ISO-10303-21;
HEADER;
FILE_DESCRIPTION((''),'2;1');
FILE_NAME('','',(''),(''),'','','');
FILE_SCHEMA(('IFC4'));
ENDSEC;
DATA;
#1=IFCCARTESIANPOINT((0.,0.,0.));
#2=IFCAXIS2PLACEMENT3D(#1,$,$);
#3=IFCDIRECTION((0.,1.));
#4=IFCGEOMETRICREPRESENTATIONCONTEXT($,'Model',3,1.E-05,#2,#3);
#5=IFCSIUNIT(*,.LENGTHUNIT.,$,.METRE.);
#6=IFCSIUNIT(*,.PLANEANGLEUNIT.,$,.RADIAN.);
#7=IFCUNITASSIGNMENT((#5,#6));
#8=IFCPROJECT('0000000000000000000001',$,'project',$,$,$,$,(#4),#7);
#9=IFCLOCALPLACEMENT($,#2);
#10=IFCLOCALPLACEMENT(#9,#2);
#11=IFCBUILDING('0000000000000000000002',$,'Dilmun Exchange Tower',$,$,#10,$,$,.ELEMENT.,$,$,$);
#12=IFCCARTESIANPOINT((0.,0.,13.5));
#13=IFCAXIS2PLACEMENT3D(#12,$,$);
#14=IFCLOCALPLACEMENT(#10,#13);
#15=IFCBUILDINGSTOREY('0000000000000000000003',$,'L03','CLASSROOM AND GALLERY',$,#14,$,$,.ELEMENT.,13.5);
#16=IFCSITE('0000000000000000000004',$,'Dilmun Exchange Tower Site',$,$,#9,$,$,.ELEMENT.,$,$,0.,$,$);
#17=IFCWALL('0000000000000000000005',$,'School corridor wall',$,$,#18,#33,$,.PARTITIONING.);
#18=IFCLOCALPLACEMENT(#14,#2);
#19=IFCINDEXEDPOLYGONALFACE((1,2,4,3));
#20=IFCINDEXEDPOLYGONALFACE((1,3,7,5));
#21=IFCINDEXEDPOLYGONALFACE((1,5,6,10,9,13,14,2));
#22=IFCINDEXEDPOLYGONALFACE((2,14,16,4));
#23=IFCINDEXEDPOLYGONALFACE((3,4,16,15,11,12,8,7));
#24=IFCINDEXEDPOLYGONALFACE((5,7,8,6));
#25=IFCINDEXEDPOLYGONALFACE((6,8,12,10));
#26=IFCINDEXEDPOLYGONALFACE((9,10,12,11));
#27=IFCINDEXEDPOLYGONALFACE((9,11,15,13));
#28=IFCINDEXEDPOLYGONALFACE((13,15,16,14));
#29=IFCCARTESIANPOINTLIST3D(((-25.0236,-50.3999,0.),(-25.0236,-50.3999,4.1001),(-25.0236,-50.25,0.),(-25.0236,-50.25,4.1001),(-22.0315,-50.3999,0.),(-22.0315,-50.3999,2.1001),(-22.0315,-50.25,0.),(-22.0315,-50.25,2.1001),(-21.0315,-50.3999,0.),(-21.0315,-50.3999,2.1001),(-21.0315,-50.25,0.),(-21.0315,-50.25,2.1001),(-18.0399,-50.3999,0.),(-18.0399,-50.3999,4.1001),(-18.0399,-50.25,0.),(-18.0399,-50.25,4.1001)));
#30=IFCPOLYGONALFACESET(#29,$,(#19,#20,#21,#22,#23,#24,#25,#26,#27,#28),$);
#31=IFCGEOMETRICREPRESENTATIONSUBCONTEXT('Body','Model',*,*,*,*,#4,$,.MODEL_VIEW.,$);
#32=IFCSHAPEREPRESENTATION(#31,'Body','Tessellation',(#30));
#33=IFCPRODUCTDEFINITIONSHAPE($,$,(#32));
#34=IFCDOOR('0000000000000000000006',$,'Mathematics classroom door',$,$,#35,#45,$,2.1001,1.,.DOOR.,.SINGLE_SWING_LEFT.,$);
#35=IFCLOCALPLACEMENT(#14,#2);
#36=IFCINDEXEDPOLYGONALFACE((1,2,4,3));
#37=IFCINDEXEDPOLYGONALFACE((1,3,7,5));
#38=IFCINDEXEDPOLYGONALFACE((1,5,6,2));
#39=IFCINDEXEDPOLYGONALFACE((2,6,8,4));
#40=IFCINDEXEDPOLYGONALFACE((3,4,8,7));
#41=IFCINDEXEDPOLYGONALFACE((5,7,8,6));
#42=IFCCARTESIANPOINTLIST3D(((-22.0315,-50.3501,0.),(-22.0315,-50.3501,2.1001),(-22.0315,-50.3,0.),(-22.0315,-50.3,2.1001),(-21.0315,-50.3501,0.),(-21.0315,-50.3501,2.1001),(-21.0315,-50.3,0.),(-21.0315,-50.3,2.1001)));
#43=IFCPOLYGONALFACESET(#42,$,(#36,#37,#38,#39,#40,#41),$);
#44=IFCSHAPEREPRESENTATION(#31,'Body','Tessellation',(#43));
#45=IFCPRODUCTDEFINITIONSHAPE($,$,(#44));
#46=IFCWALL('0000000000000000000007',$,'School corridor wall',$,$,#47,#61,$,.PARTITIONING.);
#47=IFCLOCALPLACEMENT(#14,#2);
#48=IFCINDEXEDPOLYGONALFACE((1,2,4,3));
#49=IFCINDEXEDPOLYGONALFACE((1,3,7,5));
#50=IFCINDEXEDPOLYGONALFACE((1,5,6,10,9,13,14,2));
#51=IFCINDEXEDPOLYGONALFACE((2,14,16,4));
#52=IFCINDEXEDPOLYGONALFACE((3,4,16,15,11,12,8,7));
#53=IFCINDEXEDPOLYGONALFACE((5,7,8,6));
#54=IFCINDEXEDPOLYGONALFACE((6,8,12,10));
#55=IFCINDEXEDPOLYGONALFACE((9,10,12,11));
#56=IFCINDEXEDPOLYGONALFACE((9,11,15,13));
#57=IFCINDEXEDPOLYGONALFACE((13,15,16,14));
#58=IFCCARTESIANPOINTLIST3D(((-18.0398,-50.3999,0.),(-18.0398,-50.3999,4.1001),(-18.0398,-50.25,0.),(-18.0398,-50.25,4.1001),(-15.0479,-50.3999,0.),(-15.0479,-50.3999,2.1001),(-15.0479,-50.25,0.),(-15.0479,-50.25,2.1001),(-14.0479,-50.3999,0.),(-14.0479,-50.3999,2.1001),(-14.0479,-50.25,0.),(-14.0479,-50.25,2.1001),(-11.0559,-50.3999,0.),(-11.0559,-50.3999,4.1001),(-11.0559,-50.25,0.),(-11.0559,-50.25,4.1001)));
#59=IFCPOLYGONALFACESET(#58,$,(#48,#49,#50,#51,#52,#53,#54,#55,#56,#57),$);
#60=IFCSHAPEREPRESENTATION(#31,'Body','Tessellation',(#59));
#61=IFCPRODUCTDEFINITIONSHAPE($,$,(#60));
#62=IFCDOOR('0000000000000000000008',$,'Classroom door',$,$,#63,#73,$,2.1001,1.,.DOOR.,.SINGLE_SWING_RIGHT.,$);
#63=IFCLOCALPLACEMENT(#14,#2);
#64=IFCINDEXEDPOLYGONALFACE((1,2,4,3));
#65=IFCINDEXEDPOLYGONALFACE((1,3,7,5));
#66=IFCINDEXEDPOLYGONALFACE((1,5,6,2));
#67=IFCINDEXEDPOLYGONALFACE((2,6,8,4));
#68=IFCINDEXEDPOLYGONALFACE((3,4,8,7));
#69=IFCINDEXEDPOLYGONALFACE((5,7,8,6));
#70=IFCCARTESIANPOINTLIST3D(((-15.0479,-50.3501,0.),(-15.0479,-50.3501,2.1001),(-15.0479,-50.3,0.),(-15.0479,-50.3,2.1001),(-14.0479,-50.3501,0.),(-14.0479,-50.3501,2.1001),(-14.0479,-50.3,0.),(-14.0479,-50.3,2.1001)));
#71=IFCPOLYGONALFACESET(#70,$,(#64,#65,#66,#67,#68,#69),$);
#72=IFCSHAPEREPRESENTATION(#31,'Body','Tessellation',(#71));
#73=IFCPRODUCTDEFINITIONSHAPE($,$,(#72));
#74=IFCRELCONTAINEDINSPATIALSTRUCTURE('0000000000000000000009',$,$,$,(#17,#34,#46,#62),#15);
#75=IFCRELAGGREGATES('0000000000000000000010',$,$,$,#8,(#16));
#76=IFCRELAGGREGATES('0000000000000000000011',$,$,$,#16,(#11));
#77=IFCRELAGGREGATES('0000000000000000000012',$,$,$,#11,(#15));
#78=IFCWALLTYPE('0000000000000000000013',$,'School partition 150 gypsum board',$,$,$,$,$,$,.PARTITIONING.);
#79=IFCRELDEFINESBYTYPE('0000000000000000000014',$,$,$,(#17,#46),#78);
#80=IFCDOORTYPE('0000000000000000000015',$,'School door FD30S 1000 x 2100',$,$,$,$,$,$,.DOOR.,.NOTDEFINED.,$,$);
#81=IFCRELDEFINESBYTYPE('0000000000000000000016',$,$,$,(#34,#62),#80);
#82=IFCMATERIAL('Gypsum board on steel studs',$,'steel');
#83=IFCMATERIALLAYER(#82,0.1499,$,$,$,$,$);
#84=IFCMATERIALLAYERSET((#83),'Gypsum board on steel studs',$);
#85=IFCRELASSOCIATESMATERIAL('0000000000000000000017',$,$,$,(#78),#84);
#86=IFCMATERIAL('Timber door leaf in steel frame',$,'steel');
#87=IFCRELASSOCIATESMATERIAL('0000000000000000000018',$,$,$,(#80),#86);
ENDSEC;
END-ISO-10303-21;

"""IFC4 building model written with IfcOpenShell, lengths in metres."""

from ifc_helpers import new_model, si_unit, direction, frame, frame_2d, origin, place, context, subcontext, project, spatial, rectangle, extrude, material, layer, layer_set, type_object, element, fill, save


model = new_model("IFC4")

# Units and contexts
model_context = context("Model", 3, precision=1e-05, world=origin(), true_north=direction((0.0, 1.0)))
body_context = subcontext(model_context, "Body", "Model", "MODEL_VIEW")
ifc_project = project(units=[si_unit("LENGTHUNIT", "METRE"), si_unit("PLANEANGLEUNIT", "RADIAN")], contexts=[model_context])

# Site, building, storey
site_placement = place(None, origin())
site = spatial("IfcSite", under=ifc_project, at=site_placement, Name="Dilmun Exchange Tower Site", CompositionType="ELEMENT", RefElevation=0.0)
building_placement = place(site_placement, origin())
building = spatial("IfcBuilding", under=site, at=building_placement, Name="Dilmun Exchange Tower", CompositionType="ELEMENT")
storey_placement = place(building_placement, frame((0.0, 0.0, 13.5)))
storey = spatial("IfcBuildingStorey", under=building, at=storey_placement, Name="L03", Description="CLASSROOM AND GALLERY", CompositionType="ELEMENT", Elevation=13.5)

# Shared definitions
ifc_material_1 = material(Name="Gypsum board on steel studs", Category="steel")
ifc_layer_1 = layer(ifc_material_1, 0.1499)
ifc_layer_set_1 = layer_set([ifc_layer_1], Name="Gypsum board on steel studs")
wall_type_1 = type_object("IfcWallType", Name="School partition 150 gypsum board", PredefinedType="PARTITIONING", material=ifc_layer_set_1)

# Walls, openings, doors
ifc_material_2 = material(Name="Timber door leaf in steel frame", Category="steel")
door_type = type_object("IfcDoorType", Name="School door FD30S 1000 x 2100", OperationType="NOTDEFINED", PredefinedType="DOOR", material=ifc_material_2)
wall_1_placement = place(storey_placement, frame((-25.0234, -50.325, 0.0), z_axis=(0.0, 0.0, 1.0), x_axis=(1.0, 0.0, 0.0)))
wall_1 = element("IfcWall", 1, at=wall_1_placement, inside=storey, type_object=wall_type_1, Name="School corridor wall", PredefinedType="PARTITIONING", context=body_context, shape_type="SweptSolid", body=[
    extrude(rectangle(XDim=6.9836, YDim=0.1499, at=frame_2d((3.4917, 0.0))), origin(), (0.0, 0.0, 1.0), 4.1001),
])
opening_1_placement = place(wall_1_placement, frame((2.9919, 0.0, 0.0)))
opening_1 = element("IfcOpeningElement", 2, at=opening_1_placement, cuts=wall_1, PredefinedType="OPENING", context=body_context, shape_type="SweptSolid", body=[
    extrude(rectangle(XDim=1.0, YDim=2.1001, at=frame_2d((0.5, 1.05))), frame((0.0, 0.085, 0.0), z_axis=(0.0, -1.0, 0.0), x_axis=(1.0, 0.0, 0.0)), (0.0, 0.0, 1.0), 0.1699),
])
door_1_placement = place(opening_1_placement, origin())
door_1 = element("IfcDoor", 3, at=door_1_placement, inside=storey, type_object=door_type, Name="Mathematics classroom door", OperationType="SINGLE_SWING_LEFT", OverallHeight=2.1001, OverallWidth=1.0, PredefinedType="DOOR", context=body_context, shape_type="SweptSolid", body=[
    extrude(rectangle(XDim=1.0, YDim=2.1001, at=frame_2d((0.5, 1.05))), frame((0.0, 0.0249, 0.0), z_axis=(0.0, -1.0, 0.0), x_axis=(1.0, 0.0, 0.0)), (0.0, 0.0, 1.0), 0.05),
])
fill(opening_1, door_1)
wall_2_placement = place(storey_placement, frame((-18.0398, -50.325, 0.0), z_axis=(0.0, 0.0, 1.0), x_axis=(1.0, 0.0, 0.0)))
wall_2 = element("IfcWall", 4, at=wall_2_placement, inside=storey, type_object=wall_type_1, Name="School corridor wall", PredefinedType="PARTITIONING", context=body_context, shape_type="SweptSolid", body=[
    extrude(rectangle(XDim=6.9839, YDim=0.1499, at=frame_2d((3.4919, 0.0))), origin(), (0.0, 0.0, 1.0), 4.1001),
])
opening_2_placement = place(wall_2_placement, frame((2.9919, 0.0, 0.0)))
opening_2 = element("IfcOpeningElement", 5, at=opening_2_placement, cuts=wall_2, PredefinedType="OPENING", context=body_context, shape_type="SweptSolid", body=[
    extrude(rectangle(XDim=1.0, YDim=2.1001, at=frame_2d((0.5, 1.05))), frame((0.0, 0.085, 0.0), z_axis=(0.0, -1.0, 0.0), x_axis=(1.0, 0.0, 0.0)), (0.0, 0.0, 1.0), 0.1699),
])
door_2_placement = place(opening_2_placement, origin())
door_2 = element("IfcDoor", 6, at=door_2_placement, inside=storey, type_object=door_type, Name="Classroom door", OperationType="SINGLE_SWING_RIGHT", OverallHeight=2.1001, OverallWidth=1.0, PredefinedType="DOOR", context=body_context, shape_type="SweptSolid", body=[
    extrude(rectangle(XDim=1.0, YDim=2.1001, at=frame_2d((0.5, 1.05))), frame((0.0, 0.0249, 0.0), z_axis=(0.0, -1.0, 0.0), x_axis=(1.0, 0.0, 0.0)), (0.0, 0.0, 1.0), 0.05),
])
fill(opening_2, door_2)

save(model, "model.ifc")
